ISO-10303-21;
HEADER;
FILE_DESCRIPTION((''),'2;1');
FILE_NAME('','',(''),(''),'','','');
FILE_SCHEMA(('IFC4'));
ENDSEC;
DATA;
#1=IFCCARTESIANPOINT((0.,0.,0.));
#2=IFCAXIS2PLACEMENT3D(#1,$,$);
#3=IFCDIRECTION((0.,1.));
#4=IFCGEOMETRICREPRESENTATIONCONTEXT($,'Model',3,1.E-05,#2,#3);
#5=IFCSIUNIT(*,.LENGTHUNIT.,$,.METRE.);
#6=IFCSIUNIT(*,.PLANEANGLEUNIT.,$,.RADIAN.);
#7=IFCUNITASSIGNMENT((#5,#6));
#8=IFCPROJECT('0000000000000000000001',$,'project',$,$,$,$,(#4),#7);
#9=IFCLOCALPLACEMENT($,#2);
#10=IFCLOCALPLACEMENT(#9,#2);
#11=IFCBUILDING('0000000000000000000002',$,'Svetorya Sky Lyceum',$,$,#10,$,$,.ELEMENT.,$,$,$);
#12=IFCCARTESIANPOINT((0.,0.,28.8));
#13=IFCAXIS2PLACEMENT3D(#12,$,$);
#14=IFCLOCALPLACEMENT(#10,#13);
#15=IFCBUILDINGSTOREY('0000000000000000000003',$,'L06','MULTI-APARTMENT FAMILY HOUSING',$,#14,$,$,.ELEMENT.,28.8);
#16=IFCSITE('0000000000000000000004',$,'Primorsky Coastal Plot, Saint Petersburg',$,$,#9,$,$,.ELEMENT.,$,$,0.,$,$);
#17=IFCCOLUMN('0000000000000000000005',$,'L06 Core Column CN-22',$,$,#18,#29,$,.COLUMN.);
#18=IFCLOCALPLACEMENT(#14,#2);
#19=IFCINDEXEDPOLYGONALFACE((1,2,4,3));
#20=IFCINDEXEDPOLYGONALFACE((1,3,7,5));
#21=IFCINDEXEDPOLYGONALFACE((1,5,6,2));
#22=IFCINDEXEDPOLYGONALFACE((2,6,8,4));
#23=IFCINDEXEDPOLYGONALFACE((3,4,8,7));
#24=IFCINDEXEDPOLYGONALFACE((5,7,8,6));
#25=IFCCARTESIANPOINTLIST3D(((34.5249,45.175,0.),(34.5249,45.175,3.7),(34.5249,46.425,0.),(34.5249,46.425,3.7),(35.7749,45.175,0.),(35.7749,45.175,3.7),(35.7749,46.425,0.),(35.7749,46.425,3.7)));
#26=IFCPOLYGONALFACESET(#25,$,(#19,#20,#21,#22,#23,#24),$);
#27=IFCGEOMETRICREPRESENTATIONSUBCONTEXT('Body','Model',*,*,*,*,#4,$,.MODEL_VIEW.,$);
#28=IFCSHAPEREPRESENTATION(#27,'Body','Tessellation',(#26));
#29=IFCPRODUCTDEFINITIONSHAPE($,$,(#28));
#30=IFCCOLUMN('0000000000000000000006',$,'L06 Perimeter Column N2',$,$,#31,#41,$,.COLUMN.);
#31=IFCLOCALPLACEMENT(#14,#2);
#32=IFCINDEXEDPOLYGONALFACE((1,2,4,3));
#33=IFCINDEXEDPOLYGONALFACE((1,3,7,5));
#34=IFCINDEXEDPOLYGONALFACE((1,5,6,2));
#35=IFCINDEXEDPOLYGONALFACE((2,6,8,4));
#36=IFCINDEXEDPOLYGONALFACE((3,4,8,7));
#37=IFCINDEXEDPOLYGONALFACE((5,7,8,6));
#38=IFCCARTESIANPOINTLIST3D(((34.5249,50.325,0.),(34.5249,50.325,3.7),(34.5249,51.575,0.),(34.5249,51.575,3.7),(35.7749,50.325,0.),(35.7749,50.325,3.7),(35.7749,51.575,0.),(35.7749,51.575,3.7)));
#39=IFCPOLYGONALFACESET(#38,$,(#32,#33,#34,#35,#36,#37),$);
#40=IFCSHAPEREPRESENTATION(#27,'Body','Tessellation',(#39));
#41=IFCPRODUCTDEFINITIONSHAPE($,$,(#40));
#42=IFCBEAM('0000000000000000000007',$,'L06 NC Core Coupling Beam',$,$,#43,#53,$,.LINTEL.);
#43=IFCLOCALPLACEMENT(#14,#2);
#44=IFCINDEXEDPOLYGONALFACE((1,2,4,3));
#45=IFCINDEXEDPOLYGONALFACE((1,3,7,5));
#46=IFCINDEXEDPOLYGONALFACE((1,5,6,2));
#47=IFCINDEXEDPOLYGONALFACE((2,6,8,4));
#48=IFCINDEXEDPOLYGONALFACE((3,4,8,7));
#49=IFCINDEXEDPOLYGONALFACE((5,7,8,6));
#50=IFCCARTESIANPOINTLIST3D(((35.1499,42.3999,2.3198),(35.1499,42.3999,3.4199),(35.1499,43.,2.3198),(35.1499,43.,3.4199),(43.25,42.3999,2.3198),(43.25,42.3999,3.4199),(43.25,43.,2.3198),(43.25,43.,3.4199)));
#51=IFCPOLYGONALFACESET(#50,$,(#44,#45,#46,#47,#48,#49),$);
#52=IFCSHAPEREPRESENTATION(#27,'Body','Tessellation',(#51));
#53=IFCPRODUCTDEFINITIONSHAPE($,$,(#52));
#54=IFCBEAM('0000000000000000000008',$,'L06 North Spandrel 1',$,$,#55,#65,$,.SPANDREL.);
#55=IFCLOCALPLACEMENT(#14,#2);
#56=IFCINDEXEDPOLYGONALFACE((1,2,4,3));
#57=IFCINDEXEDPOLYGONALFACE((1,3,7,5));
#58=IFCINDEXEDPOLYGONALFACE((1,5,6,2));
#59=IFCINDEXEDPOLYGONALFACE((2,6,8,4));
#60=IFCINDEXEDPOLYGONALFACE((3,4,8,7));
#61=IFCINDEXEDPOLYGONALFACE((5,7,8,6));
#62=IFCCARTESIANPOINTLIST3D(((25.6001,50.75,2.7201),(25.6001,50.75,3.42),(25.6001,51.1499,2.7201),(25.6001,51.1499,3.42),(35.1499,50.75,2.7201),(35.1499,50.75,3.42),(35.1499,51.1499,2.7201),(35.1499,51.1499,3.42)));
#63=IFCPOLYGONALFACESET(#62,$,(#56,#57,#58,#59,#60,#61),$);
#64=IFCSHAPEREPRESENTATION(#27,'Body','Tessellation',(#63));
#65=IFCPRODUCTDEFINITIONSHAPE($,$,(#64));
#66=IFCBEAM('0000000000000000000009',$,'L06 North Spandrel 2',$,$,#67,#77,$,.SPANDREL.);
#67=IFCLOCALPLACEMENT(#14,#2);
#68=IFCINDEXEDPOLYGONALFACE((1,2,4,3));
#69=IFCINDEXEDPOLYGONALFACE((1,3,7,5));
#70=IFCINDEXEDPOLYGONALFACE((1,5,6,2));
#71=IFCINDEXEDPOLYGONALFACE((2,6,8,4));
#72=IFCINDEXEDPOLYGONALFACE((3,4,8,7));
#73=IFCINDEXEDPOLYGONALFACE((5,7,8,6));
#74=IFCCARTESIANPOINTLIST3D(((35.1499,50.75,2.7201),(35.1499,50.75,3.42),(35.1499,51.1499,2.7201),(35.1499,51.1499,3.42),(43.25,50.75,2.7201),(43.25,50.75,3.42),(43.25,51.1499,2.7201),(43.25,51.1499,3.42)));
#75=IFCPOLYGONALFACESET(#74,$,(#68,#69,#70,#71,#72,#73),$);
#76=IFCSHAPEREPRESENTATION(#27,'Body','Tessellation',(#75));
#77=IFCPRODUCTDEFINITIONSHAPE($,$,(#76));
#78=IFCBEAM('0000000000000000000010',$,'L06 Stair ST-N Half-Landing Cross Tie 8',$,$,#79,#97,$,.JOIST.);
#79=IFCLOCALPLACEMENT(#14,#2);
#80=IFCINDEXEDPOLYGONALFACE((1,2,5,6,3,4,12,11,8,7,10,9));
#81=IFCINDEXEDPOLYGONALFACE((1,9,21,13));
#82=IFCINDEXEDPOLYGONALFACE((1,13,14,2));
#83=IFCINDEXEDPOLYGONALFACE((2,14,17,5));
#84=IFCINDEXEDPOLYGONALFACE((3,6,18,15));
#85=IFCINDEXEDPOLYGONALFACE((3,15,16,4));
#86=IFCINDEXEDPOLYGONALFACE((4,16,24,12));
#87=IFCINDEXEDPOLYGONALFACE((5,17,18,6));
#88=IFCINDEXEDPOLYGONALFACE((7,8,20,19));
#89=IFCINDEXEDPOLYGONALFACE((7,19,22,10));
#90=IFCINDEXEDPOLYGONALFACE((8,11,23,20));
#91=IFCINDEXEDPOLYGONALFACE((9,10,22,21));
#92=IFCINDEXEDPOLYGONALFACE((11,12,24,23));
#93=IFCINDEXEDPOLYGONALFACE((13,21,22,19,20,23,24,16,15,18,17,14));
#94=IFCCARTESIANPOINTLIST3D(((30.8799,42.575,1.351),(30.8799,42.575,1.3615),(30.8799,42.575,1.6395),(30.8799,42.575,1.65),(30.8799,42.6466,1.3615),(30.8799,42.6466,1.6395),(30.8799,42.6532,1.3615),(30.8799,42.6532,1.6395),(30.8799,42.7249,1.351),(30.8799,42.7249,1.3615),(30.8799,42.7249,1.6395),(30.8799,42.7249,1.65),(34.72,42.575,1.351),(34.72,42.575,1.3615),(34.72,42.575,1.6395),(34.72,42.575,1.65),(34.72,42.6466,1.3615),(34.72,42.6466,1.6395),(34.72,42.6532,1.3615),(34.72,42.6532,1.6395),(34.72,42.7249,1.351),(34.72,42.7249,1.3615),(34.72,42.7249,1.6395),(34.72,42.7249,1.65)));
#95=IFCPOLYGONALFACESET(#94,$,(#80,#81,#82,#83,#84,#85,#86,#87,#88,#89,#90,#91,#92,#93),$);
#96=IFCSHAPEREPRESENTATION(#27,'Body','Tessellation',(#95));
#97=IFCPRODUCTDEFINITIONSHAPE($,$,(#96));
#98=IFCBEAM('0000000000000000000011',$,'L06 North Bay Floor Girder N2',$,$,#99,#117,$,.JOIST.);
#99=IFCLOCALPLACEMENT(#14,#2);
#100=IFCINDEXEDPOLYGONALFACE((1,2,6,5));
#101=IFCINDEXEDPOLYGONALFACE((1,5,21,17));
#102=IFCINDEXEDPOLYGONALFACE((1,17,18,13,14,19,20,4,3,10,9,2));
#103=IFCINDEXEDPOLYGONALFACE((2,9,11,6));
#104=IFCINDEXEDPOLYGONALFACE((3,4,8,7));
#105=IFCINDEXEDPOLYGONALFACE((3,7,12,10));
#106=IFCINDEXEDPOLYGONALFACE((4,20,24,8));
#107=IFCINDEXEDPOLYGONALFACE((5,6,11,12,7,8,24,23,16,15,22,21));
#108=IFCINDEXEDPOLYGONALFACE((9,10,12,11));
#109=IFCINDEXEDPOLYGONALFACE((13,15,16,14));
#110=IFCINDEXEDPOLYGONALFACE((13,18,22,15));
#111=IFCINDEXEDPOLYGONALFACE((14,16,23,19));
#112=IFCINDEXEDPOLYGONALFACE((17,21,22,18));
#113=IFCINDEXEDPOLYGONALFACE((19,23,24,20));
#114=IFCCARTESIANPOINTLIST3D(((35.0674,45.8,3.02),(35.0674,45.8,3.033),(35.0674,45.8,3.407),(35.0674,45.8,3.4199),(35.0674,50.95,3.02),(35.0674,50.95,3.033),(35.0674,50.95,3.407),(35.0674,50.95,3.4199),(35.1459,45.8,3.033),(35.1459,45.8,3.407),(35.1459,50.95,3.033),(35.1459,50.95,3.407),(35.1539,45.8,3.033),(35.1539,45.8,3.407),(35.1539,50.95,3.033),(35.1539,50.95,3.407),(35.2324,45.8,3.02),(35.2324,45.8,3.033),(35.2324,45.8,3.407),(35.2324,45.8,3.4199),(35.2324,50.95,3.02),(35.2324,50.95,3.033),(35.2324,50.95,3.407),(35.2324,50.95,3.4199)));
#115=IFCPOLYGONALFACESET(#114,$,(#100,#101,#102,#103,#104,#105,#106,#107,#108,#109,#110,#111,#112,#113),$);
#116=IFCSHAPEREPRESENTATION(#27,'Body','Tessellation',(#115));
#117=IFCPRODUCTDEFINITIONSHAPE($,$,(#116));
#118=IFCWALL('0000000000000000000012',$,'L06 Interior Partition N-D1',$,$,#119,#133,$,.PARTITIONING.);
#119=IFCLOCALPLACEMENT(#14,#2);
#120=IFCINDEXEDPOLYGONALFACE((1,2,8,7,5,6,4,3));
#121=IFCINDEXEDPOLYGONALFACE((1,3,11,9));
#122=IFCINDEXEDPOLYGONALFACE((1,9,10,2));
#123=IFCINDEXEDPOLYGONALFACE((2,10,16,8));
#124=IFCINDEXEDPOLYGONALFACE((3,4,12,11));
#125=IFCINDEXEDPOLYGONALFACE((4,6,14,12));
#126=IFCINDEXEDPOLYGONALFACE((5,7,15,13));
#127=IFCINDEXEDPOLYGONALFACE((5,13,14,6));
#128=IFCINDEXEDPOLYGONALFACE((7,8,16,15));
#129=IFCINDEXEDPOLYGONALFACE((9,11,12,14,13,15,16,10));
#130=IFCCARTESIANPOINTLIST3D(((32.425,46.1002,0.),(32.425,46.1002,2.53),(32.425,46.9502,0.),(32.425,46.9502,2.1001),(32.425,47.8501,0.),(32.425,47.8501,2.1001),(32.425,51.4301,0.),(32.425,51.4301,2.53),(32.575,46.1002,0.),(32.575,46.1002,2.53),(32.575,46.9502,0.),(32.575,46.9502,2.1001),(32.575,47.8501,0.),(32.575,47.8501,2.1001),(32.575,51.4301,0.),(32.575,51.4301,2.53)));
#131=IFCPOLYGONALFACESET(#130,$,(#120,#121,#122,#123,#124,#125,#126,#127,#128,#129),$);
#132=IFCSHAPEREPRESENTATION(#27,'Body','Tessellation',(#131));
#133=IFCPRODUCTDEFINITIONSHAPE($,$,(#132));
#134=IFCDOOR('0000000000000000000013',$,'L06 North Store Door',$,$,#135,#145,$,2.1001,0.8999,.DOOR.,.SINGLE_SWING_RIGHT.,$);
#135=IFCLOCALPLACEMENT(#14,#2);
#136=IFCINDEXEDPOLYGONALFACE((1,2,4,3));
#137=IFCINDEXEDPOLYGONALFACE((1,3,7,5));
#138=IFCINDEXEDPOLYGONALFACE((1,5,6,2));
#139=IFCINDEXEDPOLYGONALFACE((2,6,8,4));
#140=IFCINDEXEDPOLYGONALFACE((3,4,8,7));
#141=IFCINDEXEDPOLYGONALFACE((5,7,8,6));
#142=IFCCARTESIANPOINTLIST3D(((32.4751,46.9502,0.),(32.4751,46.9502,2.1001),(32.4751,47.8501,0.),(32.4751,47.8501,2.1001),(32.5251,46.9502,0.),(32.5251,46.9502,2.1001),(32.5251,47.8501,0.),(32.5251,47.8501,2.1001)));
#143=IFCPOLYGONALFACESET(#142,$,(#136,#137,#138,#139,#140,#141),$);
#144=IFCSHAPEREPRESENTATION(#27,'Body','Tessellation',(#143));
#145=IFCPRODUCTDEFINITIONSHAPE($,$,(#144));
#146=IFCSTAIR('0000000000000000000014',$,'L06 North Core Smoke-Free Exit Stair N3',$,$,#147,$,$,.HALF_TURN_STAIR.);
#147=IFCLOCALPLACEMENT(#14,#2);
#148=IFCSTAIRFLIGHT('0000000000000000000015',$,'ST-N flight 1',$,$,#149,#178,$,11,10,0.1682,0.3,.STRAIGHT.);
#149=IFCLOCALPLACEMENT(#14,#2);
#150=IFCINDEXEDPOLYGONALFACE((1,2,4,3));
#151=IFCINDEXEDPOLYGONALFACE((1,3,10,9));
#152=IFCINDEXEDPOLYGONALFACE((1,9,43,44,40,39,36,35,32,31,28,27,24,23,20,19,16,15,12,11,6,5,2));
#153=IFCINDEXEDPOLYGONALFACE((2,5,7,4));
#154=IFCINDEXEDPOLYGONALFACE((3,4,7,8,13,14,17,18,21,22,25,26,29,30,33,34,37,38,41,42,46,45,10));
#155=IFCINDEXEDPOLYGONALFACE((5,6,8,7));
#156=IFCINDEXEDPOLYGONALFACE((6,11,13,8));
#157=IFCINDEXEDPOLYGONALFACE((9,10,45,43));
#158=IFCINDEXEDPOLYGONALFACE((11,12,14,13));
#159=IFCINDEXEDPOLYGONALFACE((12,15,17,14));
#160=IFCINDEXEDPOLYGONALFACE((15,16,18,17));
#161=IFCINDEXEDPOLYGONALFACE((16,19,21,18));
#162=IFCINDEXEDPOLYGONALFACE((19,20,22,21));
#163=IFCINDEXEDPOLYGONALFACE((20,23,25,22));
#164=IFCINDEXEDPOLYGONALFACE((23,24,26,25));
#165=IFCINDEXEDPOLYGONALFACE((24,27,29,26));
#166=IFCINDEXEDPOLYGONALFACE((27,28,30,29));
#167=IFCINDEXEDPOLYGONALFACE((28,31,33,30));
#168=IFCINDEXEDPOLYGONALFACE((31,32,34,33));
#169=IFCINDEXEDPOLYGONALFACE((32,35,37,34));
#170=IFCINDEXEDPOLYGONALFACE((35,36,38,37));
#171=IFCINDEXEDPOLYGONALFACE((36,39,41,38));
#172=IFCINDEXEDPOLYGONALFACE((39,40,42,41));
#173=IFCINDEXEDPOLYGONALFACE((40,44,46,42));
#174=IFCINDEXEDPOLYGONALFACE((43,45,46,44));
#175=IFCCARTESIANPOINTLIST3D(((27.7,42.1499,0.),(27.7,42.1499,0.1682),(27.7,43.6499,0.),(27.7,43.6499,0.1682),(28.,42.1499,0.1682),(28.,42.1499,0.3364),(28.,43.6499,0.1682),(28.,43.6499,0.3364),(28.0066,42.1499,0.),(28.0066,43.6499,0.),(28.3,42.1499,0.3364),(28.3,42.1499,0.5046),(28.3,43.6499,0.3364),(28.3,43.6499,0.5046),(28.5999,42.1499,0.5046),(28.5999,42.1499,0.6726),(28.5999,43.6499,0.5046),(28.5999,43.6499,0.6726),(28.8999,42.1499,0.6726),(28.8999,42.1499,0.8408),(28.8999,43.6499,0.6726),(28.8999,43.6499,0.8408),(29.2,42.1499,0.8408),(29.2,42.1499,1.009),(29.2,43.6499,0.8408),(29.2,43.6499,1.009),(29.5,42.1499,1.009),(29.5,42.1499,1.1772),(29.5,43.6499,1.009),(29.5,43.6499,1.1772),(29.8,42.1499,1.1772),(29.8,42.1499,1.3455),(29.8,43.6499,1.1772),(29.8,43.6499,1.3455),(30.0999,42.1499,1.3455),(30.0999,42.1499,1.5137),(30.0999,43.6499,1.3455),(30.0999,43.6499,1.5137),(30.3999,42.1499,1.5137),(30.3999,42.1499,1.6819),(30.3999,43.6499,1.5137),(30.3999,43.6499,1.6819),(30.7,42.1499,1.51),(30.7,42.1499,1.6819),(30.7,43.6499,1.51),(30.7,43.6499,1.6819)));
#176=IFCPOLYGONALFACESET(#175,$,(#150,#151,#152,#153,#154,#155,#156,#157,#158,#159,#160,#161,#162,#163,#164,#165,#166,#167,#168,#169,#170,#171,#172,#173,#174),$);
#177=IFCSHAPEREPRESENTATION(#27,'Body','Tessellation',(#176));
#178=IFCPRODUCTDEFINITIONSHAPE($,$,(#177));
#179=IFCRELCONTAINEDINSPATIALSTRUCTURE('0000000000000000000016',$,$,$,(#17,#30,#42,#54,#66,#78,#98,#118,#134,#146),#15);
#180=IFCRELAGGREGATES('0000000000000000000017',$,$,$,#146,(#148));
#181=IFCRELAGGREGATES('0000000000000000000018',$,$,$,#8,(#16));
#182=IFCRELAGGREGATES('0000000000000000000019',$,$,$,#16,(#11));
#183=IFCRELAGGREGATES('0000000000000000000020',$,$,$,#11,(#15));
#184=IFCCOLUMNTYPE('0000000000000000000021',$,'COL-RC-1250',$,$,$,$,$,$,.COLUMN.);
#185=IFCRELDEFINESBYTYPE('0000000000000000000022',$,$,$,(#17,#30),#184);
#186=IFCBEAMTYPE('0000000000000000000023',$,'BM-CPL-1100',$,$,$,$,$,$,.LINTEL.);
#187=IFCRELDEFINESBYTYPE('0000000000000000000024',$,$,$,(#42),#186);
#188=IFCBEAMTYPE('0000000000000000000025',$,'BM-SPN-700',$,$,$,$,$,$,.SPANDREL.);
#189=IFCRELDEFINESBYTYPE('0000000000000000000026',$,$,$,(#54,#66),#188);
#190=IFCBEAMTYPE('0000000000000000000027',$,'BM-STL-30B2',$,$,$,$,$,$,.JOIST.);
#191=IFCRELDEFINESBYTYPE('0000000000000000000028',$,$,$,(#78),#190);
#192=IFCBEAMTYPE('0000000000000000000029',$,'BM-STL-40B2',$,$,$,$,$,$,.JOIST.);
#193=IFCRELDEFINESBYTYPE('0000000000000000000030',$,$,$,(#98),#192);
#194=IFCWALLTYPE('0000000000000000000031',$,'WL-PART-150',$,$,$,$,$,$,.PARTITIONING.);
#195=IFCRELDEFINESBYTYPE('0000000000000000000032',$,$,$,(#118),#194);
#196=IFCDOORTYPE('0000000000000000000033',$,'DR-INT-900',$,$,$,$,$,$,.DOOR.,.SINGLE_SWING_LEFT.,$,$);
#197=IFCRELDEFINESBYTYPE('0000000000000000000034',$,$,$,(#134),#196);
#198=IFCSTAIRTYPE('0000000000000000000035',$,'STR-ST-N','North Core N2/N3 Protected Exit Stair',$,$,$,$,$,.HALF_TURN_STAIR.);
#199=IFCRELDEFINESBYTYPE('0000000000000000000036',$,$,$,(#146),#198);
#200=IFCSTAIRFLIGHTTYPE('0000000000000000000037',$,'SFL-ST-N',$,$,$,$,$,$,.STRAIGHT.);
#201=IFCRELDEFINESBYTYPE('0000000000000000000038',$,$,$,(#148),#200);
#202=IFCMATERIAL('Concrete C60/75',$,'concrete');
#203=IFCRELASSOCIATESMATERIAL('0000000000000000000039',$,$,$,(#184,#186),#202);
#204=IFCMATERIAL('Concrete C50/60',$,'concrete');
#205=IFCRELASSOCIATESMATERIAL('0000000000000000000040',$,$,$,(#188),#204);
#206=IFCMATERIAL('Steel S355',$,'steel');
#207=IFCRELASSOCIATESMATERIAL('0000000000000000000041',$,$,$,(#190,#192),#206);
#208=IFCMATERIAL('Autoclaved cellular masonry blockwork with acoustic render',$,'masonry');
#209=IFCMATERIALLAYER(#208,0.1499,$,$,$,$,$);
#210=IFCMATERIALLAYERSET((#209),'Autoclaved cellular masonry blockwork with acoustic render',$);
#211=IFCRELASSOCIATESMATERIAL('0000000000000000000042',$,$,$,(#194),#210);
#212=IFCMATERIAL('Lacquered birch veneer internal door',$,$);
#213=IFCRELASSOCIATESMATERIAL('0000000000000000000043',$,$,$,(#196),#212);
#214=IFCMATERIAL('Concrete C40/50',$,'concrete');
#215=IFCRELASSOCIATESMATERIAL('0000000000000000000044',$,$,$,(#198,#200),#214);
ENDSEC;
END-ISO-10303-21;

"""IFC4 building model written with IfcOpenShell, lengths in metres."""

from ifc_helpers import new_model, si_unit, direction, frame, frame_2d, origin, origin_2d, place, context, subcontext, project, spatial, polyline, rectangle, i_section, outline, extrude, material, layer, layer_set, material_profile, profile_set, type_object, element, fill, aggregate, save


model = new_model("IFC4")

# Units and contexts
model_context = context("Model", 3, precision=1e-05, world=origin(), true_north=direction((0.0, 1.0)))
body_context = subcontext(model_context, "Body", "Model", "MODEL_VIEW")
ifc_project = project(units=[si_unit("LENGTHUNIT", "METRE"), si_unit("PLANEANGLEUNIT", "RADIAN")], contexts=[model_context])

# Site, building, storey
site_placement = place(None, origin())
site = spatial("IfcSite", under=ifc_project, at=site_placement, Name="Primorsky Coastal Plot, Saint Petersburg", CompositionType="ELEMENT", RefElevation=0.0)
building_placement = place(site_placement, origin())
building = spatial("IfcBuilding", under=site, at=building_placement, Name="Svetorya Sky Lyceum", CompositionType="ELEMENT")
storey_placement = place(building_placement, frame((0.0, 0.0, 28.8)))
storey = spatial("IfcBuildingStorey", under=building, at=storey_placement, Name="L06", Description="MULTI-APARTMENT FAMILY HOUSING", CompositionType="ELEMENT", Elevation=28.8)

# Columns
ifc_material_1 = material(Name="Concrete C60/75", Category="concrete")
ifc_material_profile_1 = material_profile(ifc_material_1, rectangle(XDim=1.25, YDim=1.25, at=origin_2d()), Name="RC COL 1250x1250")
ifc_profile_set_1 = profile_set([ifc_material_profile_1], Name="Concrete C60/75")
column_type = type_object("IfcColumnType", Name="COL-RC-1250", PredefinedType="COLUMN", material=ifc_profile_set_1)
for number, where, z_axis, x_axis, name in (
    (1, (35.1499, 45.8, 0.0), (0.0, 0.0, 1.0), (1.0, 0.0, 0.0), "L06 Core Column CN-22"),
    (2, (35.1499, 50.95, 0.0), (0.0, 0.0, 1.0), (1.0, 0.0, 0.0), "L06 Perimeter Column N2"),
):
    element("IfcColumn", number, at=place(storey_placement, frame(where, z_axis=z_axis, x_axis=x_axis)), inside=storey, type_object=column_type, Name=name, PredefinedType="COLUMN", context=body_context, shape_type="SweptSolid", body=[
        extrude(rectangle(XDim=1.25, YDim=1.25, at=origin_2d()), origin(), (0.0, 0.0, 1.0), 3.7),
    ])

# Beams
ifc_material_profile_2 = material_profile(ifc_material_1, rectangle(XDim=0.6001, YDim=1.1001, at=origin_2d()), Name="RC COUPLING 600x1100")
ifc_profile_set_2 = profile_set([ifc_material_profile_2], Name="Concrete C60/75")
beam_type_1 = type_object("IfcBeamType", Name="BM-CPL-1100", PredefinedType="LINTEL", material=ifc_profile_set_2)
beam_1_placement = place(storey_placement, frame((35.1499, 42.7, 2.8699), z_axis=(1.0, 0.0, 0.0), x_axis=(0.0, 1.0, 0.0)))
element("IfcBeam", 3, at=beam_1_placement, inside=storey, type_object=beam_type_1, Name="L06 NC Core Coupling Beam", PredefinedType="LINTEL", context=body_context, shape_type="SweptSolid", body=[
    extrude(rectangle(XDim=0.6001, YDim=1.1001, at=origin_2d()), origin(), (0.0, 0.0, 1.0), 8.1001),
])
ifc_material_2 = material(Name="Concrete C50/60", Category="concrete")
ifc_material_profile_3 = material_profile(ifc_material_2, rectangle(XDim=0.3999, YDim=0.7, at=origin_2d()), Name="RC SPANDREL 400x700")
ifc_profile_set_3 = profile_set([ifc_material_profile_3], Name="Concrete C50/60")
beam_type_2 = type_object("IfcBeamType", Name="BM-SPN-700", PredefinedType="SPANDREL", material=ifc_profile_set_3)
beam_2_placement = place(storey_placement, frame((25.6001, 50.95, 3.0701), z_axis=(1.0, 0.0, 0.0), x_axis=(0.0, 1.0, 0.0)))
element("IfcBeam", 4, at=beam_2_placement, inside=storey, type_object=beam_type_2, Name="L06 North Spandrel 1", PredefinedType="SPANDREL", context=body_context, shape_type="SweptSolid", body=[
    extrude(rectangle(XDim=0.3999, YDim=0.7, at=origin_2d()), origin(), (0.0, 0.0, 1.0), 9.5498),
])
beam_3_placement = place(storey_placement, frame((35.1499, 50.95, 3.0701), z_axis=(1.0, 0.0, 0.0), x_axis=(0.0, 1.0, 0.0)))
element("IfcBeam", 5, at=beam_3_placement, inside=storey, type_object=beam_type_2, Name="L06 North Spandrel 2", PredefinedType="SPANDREL", context=body_context, shape_type="SweptSolid", body=[
    extrude(rectangle(XDim=0.3999, YDim=0.7, at=origin_2d()), origin(), (0.0, 0.0, 1.0), 8.1001),
])
ifc_material_3 = material(Name="Steel S355", Category="steel")
ifc_material_profile_4 = material_profile(ifc_material_3, i_section(OverallWidth=0.1499, OverallDepth=0.2991, WebThickness=0.0066, FlangeThickness=0.0105, at=origin_2d()), Name="GOST 30B2")
ifc_profile_set_4 = profile_set([ifc_material_profile_4], Name="Steel S355")
beam_type_3 = type_object("IfcBeamType", Name="BM-STL-30B2", PredefinedType="JOIST", material=ifc_profile_set_4)
beam_4_placement = place(storey_placement, frame((30.8799, 42.6499, 1.5005), z_axis=(1.0, 0.0, 0.0), x_axis=(0.0, 1.0, 0.0)))
element("IfcBeam", 6, at=beam_4_placement, inside=storey, type_object=beam_type_3, Name="L06 Stair ST-N Half-Landing Cross Tie 8", PredefinedType="JOIST", context=body_context, shape_type="SweptSolid", body=[
    extrude(i_section(OverallWidth=0.1499, OverallDepth=0.2991, WebThickness=0.0066, FlangeThickness=0.0105, at=origin_2d()), origin(), (0.0, 0.0, 1.0), 3.8401),
])
ifc_material_profile_5 = material_profile(ifc_material_3, i_section(OverallWidth=0.165, OverallDepth=0.3999, WebThickness=0.0081, FlangeThickness=0.0129, at=origin_2d()), Name="GOST 40B2")
ifc_profile_set_5 = profile_set([ifc_material_profile_5], Name="Steel S355")
beam_type_4 = type_object("IfcBeamType", Name="BM-STL-40B2", PredefinedType="JOIST", material=ifc_profile_set_5)
beam_5_placement = place(storey_placement, frame((35.1499, 45.8, 3.22), z_axis=(0.0, 1.0, 0.0), x_axis=(-1.0, 0.0, 0.0)))
element("IfcBeam", 7, at=beam_5_placement, inside=storey, type_object=beam_type_4, Name="L06 North Bay Floor Girder N2", PredefinedType="JOIST", context=body_context, shape_type="SweptSolid", body=[
    extrude(i_section(OverallWidth=0.165, OverallDepth=0.3999, WebThickness=0.0081, FlangeThickness=0.0129, at=origin_2d()), origin(), (0.0, 0.0, 1.0), 5.1499),
])

# Wall, opening, door
ifc_material_4 = material(Name="Autoclaved cellular masonry blockwork with acoustic render", Category="masonry")
ifc_layer = layer(ifc_material_4, 0.1499)
ifc_layer_set = layer_set([ifc_layer], Name="Autoclaved cellular masonry blockwork with acoustic render")
wall_type = type_object("IfcWallType", Name="WL-PART-150", PredefinedType="PARTITIONING", material=ifc_layer_set)
wall_placement = place(storey_placement, frame((32.5, 46.1001, 0.0), z_axis=(0.0, 0.0, 1.0), x_axis=(0.0, 1.0, 0.0)))
wall = element("IfcWall", 8, at=wall_placement, inside=storey, type_object=wall_type, Name="L06 Interior Partition N-D1", PredefinedType="PARTITIONING", context=body_context, shape_type="SweptSolid", body=[
    extrude(rectangle(XDim=5.3298, YDim=0.1499, at=frame_2d((2.665, 0.0))), origin(), (0.0, 0.0, 1.0), 2.53),
])
opening_placement = place(wall_placement, frame((0.8501, 0.0, 0.0)))
opening = element("IfcOpeningElement", 9, at=opening_placement, cuts=wall, PredefinedType="OPENING", context=body_context, shape_type="SweptSolid", body=[
    extrude(rectangle(XDim=0.8999, YDim=2.1001, at=frame_2d((0.45, 1.05))), frame((0.0, 0.085, 0.0), z_axis=(0.0, -1.0, 0.0), x_axis=(1.0, 0.0, 0.0)), (0.0, 0.0, 1.0), 0.1699),
])
ifc_material_5 = material(Name="Lacquered birch veneer internal door")
door_type = type_object("IfcDoorType", Name="DR-INT-900", OperationType="SINGLE_SWING_LEFT", PredefinedType="DOOR", material=ifc_material_5)
door_placement = place(opening_placement, origin())
door = element("IfcDoor", 10, at=door_placement, inside=storey, type_object=door_type, Name="L06 North Store Door", OperationType="SINGLE_SWING_RIGHT", OverallHeight=2.1001, OverallWidth=0.8999, PredefinedType="DOOR", context=body_context, shape_type="SweptSolid", body=[
    extrude(rectangle(XDim=0.8999, YDim=2.1001, at=frame_2d((0.45, 1.05))), frame((0.0, 0.0249, 0.0), z_axis=(0.0, -1.0, 0.0), x_axis=(1.0, 0.0, 0.0)), (0.0, 0.0, 1.0), 0.05),
])
fill(opening, door)

# Stair, stair flight
ifc_material_6 = material(Name="Concrete C40/50", Category="concrete")
stair_type = type_object("IfcStairType", Name="STR-ST-N", Description="North Core N2/N3 Protected Exit Stair", PredefinedType="HALF_TURN_STAIR", material=ifc_material_6)
stair_placement = place(storey_placement, origin())
stair = element("IfcStair", 11, at=stair_placement, inside=storey, type_object=stair_type, Name="L06 North Core Smoke-Free Exit Stair N3", PredefinedType="HALF_TURN_STAIR")
stair_flight_type = type_object("IfcStairFlightType", Name="SFL-ST-N", PredefinedType="STRAIGHT", material=ifc_material_6)
stair_flight_1_placement = place(storey_placement, frame((27.7, 42.8999, 0.0), z_axis=(0.0, 0.0, 1.0), x_axis=(1.0, 0.0, 0.0)))
stair_flight_1 = element("IfcStairFlight", 12, at=stair_flight_1_placement, type_object=stair_flight_type, Name="ST-N flight 1", NumberOfRisers=11, NumberOfTreads=10, PredefinedType="STRAIGHT", RiserHeight=0.1682, TreadLength=0.3, context=body_context, shape_type="SweptSolid", body=[
    extrude(outline(polyline([(0.0, 0.0), (0.0, 0.1682), (0.3, 0.1682), (0.3, 0.3364), (0.6001, 0.3364), (0.6001, 0.5046), (0.8999, 0.5046), (0.8999, 0.6726), (1.2, 0.6726), (1.2, 0.8408), (1.5, 0.8408), (1.5, 1.009), (1.8, 1.009), (1.8, 1.1772), (2.1001, 1.1772), (2.1001, 1.3455), (2.3999, 1.3455), (2.3999, 1.5137), (2.7, 1.5137), (2.7, 1.6819), (3.0, 1.6819), (3.0, 1.8501), (3.0, 1.51), (0.3066, 0.0), (0.0, 0.0)])), frame((0.0, 0.75, 0.0), z_axis=(0.0, -1.0, 0.0), x_axis=(1.0, 0.0, 0.0)), (0.0, 0.0, 1.0), 1.5),
])
aggregate(stair, [stair_flight_1])

save(model, "model.ifc")
